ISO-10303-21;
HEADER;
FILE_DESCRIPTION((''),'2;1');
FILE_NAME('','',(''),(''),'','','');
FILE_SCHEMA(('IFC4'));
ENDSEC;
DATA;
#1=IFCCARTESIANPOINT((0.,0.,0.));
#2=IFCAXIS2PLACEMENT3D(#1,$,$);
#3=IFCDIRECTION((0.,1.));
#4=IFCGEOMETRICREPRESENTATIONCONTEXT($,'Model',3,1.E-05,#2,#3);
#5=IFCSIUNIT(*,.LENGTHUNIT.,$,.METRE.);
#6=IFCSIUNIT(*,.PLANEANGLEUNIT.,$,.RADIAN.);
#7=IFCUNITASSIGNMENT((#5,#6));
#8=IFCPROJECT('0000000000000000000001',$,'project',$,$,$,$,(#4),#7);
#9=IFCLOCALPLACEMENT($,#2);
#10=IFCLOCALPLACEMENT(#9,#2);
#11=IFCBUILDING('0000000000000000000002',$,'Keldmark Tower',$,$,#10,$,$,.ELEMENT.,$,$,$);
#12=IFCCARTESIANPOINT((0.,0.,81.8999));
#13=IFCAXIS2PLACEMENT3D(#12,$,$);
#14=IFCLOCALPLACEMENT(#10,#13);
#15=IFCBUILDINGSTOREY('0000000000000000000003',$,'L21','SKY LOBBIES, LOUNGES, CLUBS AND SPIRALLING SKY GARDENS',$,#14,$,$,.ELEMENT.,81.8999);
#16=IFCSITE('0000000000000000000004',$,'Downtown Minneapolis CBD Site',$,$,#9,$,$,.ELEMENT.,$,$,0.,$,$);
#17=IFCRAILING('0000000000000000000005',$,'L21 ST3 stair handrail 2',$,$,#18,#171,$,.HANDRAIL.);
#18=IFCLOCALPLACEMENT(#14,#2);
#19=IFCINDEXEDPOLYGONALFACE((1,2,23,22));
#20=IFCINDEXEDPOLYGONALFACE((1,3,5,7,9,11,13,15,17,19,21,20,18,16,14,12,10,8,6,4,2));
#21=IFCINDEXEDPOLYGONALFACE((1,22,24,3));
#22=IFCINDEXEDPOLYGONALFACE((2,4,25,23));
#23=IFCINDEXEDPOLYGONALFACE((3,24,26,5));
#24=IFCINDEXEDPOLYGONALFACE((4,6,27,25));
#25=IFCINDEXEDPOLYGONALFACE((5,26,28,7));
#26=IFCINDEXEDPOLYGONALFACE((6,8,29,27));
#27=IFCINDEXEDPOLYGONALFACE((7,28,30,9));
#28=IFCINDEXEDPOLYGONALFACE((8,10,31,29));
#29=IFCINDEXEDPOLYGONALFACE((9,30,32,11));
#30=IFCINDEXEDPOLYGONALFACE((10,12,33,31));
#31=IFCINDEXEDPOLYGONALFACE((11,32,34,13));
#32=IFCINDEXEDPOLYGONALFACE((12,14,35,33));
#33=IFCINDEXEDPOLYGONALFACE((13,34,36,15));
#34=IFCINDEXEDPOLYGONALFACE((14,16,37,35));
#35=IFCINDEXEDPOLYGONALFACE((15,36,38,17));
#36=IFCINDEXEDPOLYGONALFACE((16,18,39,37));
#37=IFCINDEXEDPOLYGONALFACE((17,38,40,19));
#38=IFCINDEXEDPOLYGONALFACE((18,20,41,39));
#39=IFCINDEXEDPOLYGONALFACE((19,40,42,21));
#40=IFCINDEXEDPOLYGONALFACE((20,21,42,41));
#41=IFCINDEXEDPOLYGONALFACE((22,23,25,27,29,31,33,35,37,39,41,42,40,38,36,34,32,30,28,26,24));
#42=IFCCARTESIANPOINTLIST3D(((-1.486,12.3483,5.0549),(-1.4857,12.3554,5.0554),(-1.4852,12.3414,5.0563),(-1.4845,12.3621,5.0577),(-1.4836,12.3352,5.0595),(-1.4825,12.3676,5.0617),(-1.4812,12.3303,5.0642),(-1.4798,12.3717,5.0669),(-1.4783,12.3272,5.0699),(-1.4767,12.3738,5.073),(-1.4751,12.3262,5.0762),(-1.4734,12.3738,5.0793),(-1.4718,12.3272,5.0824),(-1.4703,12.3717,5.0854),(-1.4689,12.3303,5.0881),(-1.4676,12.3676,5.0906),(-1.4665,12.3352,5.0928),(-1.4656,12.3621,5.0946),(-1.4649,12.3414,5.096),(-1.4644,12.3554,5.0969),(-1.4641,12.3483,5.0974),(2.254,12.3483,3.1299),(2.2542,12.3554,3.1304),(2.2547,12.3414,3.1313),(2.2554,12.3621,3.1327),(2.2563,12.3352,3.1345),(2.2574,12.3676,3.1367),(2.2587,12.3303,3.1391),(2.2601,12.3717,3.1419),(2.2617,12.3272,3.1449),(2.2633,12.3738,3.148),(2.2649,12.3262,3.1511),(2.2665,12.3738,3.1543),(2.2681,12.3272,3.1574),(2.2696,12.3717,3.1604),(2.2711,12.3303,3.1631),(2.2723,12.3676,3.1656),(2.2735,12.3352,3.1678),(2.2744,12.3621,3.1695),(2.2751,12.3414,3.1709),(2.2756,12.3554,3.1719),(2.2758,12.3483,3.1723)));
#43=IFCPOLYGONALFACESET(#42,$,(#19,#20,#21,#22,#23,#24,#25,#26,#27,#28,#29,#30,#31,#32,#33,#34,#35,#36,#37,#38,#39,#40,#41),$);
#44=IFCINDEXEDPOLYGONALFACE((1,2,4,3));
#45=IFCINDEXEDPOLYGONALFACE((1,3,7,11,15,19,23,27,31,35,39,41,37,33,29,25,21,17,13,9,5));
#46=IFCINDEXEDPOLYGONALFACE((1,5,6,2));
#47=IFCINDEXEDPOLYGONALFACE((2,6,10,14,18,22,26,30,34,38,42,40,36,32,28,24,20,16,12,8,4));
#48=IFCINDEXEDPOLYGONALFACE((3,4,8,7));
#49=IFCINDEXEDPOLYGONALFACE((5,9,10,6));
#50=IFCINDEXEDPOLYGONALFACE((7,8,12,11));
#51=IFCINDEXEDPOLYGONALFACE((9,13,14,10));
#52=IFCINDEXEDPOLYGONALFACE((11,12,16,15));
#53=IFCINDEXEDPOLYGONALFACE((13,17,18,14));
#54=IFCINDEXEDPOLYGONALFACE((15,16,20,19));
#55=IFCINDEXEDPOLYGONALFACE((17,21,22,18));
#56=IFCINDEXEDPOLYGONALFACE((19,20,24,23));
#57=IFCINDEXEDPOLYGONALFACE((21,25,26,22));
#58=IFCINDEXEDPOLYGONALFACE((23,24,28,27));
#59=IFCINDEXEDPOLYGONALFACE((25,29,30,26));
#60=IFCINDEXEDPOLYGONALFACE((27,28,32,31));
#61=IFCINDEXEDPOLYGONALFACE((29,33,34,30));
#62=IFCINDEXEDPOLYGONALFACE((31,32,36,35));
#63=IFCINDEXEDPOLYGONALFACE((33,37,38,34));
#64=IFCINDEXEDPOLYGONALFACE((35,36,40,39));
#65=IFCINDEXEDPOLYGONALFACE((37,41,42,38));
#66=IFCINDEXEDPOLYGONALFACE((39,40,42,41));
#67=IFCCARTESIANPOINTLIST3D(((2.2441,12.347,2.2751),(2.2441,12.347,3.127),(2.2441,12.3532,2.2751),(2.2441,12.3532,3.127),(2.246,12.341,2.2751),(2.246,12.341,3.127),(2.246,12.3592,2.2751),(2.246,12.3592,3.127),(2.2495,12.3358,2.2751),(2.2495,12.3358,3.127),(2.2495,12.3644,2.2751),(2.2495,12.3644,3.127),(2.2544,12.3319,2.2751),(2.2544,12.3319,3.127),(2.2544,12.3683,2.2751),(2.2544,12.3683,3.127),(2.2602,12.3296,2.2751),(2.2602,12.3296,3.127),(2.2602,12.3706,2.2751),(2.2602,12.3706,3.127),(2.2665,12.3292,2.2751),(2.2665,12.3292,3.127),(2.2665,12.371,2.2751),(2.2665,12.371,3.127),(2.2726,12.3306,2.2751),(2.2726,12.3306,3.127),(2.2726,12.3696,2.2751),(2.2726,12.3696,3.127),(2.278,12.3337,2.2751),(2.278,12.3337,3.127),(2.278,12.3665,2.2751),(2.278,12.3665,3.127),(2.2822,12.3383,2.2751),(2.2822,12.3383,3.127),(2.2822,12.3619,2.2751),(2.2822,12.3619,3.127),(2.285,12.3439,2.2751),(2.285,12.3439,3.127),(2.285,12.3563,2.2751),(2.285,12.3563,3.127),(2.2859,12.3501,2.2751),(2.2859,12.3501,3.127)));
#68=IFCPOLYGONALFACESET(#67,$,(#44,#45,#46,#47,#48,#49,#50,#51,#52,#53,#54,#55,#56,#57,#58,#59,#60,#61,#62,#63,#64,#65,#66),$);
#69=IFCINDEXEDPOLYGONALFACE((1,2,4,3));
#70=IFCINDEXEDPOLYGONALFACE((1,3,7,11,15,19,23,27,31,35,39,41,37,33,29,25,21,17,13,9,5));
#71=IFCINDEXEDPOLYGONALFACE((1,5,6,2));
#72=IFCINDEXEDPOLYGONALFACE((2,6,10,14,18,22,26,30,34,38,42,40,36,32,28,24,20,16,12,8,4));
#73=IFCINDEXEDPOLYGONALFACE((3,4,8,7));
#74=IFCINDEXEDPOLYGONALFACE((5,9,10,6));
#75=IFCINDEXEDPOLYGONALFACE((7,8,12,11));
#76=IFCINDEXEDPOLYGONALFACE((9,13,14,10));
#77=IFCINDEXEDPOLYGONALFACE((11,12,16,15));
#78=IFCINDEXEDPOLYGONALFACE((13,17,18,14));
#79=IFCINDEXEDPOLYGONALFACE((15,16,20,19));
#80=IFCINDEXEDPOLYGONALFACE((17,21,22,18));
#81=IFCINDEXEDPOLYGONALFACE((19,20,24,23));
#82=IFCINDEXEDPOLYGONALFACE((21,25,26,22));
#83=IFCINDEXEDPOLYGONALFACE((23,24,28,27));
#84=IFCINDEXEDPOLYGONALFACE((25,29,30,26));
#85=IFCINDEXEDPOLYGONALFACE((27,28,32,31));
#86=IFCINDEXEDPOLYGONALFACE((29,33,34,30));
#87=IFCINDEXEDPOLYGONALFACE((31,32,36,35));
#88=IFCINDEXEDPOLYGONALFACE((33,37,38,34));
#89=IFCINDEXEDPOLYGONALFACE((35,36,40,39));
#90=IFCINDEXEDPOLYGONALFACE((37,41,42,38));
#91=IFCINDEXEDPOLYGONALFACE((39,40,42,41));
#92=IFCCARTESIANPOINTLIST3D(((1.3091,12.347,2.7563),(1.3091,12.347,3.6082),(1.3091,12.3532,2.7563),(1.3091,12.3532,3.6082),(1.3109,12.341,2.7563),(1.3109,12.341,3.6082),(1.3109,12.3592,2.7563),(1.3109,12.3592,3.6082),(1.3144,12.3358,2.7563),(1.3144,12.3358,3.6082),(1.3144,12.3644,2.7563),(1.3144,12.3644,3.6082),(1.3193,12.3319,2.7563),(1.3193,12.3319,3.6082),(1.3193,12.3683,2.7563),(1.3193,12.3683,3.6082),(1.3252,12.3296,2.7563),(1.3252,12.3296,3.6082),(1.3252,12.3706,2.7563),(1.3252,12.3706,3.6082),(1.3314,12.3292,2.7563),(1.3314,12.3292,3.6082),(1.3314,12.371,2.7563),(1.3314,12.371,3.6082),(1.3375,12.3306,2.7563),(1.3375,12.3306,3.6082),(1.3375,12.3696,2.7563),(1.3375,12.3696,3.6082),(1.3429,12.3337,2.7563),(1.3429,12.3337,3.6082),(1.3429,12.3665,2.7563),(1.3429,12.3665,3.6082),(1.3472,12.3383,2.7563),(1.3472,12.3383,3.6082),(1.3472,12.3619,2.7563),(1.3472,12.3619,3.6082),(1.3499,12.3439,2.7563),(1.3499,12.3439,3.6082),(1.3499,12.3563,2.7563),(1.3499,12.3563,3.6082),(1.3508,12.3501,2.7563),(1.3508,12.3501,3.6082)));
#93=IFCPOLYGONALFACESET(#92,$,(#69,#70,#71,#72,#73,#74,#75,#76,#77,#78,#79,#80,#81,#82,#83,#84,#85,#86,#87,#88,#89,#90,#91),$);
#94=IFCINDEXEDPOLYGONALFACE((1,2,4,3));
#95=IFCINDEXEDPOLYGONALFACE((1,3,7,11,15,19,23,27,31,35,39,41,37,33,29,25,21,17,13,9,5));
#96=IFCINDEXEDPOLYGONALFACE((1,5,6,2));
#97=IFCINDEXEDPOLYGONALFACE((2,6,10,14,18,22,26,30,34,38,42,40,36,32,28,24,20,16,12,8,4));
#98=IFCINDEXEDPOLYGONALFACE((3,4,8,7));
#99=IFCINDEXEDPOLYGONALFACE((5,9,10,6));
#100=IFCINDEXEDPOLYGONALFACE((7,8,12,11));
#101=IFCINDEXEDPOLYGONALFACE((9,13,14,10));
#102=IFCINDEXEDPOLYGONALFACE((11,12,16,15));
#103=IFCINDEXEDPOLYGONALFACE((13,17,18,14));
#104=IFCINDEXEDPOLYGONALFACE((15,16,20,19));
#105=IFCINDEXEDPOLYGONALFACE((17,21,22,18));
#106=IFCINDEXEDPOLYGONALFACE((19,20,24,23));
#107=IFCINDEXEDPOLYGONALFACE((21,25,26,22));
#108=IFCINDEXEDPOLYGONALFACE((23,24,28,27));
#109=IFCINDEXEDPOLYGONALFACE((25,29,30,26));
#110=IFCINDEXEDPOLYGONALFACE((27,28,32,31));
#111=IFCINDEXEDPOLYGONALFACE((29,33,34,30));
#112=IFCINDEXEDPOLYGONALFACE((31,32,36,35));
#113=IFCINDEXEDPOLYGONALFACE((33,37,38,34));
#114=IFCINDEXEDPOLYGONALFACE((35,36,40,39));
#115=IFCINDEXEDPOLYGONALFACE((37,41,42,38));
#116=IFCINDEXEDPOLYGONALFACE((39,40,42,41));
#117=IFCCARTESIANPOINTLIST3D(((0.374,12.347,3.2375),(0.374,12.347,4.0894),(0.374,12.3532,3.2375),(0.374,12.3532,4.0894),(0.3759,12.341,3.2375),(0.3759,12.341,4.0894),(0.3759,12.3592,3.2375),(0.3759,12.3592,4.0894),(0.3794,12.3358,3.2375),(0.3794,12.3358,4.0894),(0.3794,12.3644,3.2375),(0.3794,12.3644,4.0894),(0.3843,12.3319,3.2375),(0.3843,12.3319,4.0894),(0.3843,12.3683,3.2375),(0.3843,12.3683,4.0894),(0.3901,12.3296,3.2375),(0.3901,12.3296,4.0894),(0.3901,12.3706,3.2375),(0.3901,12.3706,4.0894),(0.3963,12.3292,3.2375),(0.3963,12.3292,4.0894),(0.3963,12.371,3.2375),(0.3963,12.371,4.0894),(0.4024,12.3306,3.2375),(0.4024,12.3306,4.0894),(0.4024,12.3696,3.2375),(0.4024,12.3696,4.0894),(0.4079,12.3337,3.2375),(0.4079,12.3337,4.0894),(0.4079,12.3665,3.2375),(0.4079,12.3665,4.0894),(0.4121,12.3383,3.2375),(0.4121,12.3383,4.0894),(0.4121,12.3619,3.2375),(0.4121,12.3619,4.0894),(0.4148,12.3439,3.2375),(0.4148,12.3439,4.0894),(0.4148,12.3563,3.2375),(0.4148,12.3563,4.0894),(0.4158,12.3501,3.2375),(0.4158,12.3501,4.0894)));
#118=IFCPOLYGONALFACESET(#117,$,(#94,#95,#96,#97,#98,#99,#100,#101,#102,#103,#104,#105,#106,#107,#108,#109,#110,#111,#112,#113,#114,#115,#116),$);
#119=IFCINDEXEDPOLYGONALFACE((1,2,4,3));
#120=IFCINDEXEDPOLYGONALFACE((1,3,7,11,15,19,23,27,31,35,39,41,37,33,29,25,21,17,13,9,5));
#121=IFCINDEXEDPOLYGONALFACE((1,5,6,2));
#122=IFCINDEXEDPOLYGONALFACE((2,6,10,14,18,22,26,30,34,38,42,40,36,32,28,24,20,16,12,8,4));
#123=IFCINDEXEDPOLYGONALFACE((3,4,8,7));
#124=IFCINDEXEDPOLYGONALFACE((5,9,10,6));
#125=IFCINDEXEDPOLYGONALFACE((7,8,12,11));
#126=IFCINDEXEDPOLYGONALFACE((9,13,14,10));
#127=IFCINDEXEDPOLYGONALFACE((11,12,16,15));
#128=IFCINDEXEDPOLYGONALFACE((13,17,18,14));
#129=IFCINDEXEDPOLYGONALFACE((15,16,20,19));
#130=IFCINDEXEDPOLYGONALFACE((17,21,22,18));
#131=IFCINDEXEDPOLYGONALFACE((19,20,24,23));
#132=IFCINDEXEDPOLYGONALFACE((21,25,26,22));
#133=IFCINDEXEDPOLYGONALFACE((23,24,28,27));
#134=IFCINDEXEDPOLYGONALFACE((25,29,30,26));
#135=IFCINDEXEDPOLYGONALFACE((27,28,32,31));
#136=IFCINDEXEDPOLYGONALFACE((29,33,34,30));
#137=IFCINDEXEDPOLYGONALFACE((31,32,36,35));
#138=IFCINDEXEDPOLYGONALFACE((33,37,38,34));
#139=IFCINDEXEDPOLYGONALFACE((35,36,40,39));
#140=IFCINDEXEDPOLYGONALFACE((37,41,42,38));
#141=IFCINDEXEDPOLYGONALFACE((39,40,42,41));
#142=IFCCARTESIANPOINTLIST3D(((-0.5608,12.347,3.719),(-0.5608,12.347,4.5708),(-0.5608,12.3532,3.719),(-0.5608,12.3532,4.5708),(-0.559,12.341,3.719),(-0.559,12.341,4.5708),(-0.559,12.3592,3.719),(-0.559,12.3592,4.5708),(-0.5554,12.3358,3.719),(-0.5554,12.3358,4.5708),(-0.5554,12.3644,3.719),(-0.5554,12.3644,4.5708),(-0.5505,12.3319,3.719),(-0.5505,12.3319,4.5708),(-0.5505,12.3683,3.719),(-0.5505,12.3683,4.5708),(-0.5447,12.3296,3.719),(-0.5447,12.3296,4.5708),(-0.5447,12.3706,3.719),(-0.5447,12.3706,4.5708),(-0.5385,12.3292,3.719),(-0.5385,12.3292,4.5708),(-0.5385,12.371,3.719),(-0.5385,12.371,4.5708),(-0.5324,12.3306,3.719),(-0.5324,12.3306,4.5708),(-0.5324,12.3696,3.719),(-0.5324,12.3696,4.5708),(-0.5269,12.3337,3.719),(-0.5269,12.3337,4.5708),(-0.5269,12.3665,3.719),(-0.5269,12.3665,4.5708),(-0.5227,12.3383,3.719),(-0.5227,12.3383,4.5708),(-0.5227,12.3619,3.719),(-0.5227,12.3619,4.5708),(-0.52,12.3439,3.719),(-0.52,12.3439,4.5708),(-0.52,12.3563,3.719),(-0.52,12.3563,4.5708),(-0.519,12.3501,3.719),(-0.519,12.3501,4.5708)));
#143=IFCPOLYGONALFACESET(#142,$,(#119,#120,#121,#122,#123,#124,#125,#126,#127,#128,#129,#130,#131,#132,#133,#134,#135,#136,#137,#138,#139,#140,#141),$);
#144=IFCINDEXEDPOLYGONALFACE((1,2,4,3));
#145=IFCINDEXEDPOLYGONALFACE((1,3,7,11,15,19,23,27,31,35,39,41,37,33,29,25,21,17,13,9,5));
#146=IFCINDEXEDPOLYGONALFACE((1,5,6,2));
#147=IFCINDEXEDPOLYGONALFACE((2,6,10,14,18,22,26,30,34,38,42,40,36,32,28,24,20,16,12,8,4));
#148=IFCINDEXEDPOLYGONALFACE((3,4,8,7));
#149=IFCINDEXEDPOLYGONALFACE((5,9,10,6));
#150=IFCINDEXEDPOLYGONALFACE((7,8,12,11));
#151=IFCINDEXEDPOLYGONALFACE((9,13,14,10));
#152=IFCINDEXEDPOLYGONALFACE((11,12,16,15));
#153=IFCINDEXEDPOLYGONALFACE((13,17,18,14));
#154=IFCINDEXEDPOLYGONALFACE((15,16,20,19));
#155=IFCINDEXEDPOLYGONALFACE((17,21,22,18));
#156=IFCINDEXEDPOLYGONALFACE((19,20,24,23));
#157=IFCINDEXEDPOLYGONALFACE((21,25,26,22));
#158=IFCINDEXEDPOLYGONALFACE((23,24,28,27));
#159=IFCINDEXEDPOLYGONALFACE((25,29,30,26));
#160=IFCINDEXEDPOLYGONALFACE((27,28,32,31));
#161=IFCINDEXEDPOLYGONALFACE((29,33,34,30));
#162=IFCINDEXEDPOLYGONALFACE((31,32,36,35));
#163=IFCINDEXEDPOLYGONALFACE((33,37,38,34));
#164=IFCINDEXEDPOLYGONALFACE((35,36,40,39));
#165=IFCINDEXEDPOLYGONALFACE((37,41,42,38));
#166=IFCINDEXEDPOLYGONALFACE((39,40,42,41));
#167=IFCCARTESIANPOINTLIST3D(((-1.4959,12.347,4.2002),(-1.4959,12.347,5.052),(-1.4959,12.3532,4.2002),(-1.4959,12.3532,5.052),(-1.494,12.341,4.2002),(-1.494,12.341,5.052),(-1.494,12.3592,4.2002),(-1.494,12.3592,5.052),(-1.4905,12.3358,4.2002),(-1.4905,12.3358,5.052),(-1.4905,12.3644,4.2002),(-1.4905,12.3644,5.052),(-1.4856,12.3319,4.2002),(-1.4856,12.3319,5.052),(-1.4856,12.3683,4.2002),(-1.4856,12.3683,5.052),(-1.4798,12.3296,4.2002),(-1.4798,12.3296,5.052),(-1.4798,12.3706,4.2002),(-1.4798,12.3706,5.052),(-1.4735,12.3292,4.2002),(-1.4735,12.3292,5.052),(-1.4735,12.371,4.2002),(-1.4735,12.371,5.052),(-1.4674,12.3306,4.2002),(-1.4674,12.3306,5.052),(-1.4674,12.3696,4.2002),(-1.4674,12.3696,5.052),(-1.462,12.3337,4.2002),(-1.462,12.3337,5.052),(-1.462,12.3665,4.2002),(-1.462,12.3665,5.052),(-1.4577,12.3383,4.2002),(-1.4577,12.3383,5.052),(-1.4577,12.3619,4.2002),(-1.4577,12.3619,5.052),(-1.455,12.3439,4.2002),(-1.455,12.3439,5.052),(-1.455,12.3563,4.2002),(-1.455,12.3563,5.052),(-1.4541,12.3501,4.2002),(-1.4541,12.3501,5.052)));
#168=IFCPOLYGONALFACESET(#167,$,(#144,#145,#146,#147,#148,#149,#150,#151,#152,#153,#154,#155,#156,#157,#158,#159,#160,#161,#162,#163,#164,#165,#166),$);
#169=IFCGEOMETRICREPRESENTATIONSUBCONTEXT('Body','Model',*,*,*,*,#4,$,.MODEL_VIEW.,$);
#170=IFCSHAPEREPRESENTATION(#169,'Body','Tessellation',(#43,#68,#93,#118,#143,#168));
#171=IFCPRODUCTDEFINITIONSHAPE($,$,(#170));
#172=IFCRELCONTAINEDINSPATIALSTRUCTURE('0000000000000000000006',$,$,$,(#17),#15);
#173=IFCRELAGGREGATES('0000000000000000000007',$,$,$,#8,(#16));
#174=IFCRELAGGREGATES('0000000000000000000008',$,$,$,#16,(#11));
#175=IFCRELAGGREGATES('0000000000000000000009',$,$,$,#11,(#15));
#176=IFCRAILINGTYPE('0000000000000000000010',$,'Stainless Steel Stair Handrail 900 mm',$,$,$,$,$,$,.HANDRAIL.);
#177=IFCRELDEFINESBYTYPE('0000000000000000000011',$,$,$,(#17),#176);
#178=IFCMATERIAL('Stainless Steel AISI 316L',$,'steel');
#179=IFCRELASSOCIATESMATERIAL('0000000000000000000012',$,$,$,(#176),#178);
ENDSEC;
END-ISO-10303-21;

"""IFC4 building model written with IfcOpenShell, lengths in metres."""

from ifc_helpers import new_model, si_unit, direction, frame, origin, origin_2d, place, context, subcontext, project, spatial, circle, extrude, material, type_object, element, save


model = new_model("IFC4")

# Units and contexts
model_context = context("Model", 3, precision=1e-05, world=origin(), true_north=direction((0.0, 1.0)))
body_context = subcontext(model_context, "Body", "Model", "MODEL_VIEW")
ifc_project = project(units=[si_unit("LENGTHUNIT", "METRE"), si_unit("PLANEANGLEUNIT", "RADIAN")], contexts=[model_context])

# Site, building, storey
site_placement = place(None, origin())
site = spatial("IfcSite", under=ifc_project, at=site_placement, Name="Downtown Minneapolis CBD Site", CompositionType="ELEMENT", RefElevation=0.0)
building_placement = place(site_placement, origin())
building = spatial("IfcBuilding", under=site, at=building_placement, Name="Keldmark Tower", CompositionType="ELEMENT")
storey_placement = place(building_placement, frame((0.0, 0.0, 81.8999)))
storey = spatial("IfcBuildingStorey", under=building, at=storey_placement, Name="L21", Description="SKY LOBBIES, LOUNGES, CLUBS AND SPIRALLING SKY GARDENS", CompositionType="ELEMENT", Elevation=81.8999)

# Railing
ifc_material_1 = material(Name="Stainless Steel AISI 316L", Category="steel")
railing_type_1 = type_object("IfcRailingType", Name="Stainless Steel Stair Handrail 900 mm", PredefinedType="HANDRAIL", material=ifc_material_1)
railing_1_placement = place(storey_placement, frame((2.2649, 12.3501, 2.2751)))
element("IfcRailing", 1, at=railing_1_placement, inside=storey, type_object=railing_type_1, Name="L21 ST3 stair handrail 2", PredefinedType="HANDRAIL", context=body_context, shape_type="SweptSolid", body=[
    extrude(circle(Radius=0.0239, at=origin_2d()), frame((0.0, 0.0, 0.876), z_axis=(-0.889131, 0.0, 0.457654), x_axis=(0.0, -1.0, 0.0)), (0.0, 0.0, 1.0), 4.2063),
    extrude(circle(Radius=0.021, at=origin_2d()), origin(), (0.0, 0.0, 1.0), 0.8518),
    extrude(circle(Radius=0.021, at=origin_2d()), frame((-0.9351, 0.0, 0.4812)), (0.0, 0.0, 1.0), 0.8518),
    extrude(circle(Radius=0.021, at=origin_2d()), frame((-1.8701, 0.0, 0.9624)), (0.0, 0.0, 1.0), 0.8518),
    extrude(circle(Radius=0.021, at=origin_2d()), frame((-2.8049, 0.0, 1.4438)), (0.0, 0.0, 1.0), 0.8518),
    extrude(circle(Radius=0.021, at=origin_2d()), frame((-3.74, 0.0, 1.925)), (0.0, 0.0, 1.0), 0.8518),
])

save(model, "model.ifc")
